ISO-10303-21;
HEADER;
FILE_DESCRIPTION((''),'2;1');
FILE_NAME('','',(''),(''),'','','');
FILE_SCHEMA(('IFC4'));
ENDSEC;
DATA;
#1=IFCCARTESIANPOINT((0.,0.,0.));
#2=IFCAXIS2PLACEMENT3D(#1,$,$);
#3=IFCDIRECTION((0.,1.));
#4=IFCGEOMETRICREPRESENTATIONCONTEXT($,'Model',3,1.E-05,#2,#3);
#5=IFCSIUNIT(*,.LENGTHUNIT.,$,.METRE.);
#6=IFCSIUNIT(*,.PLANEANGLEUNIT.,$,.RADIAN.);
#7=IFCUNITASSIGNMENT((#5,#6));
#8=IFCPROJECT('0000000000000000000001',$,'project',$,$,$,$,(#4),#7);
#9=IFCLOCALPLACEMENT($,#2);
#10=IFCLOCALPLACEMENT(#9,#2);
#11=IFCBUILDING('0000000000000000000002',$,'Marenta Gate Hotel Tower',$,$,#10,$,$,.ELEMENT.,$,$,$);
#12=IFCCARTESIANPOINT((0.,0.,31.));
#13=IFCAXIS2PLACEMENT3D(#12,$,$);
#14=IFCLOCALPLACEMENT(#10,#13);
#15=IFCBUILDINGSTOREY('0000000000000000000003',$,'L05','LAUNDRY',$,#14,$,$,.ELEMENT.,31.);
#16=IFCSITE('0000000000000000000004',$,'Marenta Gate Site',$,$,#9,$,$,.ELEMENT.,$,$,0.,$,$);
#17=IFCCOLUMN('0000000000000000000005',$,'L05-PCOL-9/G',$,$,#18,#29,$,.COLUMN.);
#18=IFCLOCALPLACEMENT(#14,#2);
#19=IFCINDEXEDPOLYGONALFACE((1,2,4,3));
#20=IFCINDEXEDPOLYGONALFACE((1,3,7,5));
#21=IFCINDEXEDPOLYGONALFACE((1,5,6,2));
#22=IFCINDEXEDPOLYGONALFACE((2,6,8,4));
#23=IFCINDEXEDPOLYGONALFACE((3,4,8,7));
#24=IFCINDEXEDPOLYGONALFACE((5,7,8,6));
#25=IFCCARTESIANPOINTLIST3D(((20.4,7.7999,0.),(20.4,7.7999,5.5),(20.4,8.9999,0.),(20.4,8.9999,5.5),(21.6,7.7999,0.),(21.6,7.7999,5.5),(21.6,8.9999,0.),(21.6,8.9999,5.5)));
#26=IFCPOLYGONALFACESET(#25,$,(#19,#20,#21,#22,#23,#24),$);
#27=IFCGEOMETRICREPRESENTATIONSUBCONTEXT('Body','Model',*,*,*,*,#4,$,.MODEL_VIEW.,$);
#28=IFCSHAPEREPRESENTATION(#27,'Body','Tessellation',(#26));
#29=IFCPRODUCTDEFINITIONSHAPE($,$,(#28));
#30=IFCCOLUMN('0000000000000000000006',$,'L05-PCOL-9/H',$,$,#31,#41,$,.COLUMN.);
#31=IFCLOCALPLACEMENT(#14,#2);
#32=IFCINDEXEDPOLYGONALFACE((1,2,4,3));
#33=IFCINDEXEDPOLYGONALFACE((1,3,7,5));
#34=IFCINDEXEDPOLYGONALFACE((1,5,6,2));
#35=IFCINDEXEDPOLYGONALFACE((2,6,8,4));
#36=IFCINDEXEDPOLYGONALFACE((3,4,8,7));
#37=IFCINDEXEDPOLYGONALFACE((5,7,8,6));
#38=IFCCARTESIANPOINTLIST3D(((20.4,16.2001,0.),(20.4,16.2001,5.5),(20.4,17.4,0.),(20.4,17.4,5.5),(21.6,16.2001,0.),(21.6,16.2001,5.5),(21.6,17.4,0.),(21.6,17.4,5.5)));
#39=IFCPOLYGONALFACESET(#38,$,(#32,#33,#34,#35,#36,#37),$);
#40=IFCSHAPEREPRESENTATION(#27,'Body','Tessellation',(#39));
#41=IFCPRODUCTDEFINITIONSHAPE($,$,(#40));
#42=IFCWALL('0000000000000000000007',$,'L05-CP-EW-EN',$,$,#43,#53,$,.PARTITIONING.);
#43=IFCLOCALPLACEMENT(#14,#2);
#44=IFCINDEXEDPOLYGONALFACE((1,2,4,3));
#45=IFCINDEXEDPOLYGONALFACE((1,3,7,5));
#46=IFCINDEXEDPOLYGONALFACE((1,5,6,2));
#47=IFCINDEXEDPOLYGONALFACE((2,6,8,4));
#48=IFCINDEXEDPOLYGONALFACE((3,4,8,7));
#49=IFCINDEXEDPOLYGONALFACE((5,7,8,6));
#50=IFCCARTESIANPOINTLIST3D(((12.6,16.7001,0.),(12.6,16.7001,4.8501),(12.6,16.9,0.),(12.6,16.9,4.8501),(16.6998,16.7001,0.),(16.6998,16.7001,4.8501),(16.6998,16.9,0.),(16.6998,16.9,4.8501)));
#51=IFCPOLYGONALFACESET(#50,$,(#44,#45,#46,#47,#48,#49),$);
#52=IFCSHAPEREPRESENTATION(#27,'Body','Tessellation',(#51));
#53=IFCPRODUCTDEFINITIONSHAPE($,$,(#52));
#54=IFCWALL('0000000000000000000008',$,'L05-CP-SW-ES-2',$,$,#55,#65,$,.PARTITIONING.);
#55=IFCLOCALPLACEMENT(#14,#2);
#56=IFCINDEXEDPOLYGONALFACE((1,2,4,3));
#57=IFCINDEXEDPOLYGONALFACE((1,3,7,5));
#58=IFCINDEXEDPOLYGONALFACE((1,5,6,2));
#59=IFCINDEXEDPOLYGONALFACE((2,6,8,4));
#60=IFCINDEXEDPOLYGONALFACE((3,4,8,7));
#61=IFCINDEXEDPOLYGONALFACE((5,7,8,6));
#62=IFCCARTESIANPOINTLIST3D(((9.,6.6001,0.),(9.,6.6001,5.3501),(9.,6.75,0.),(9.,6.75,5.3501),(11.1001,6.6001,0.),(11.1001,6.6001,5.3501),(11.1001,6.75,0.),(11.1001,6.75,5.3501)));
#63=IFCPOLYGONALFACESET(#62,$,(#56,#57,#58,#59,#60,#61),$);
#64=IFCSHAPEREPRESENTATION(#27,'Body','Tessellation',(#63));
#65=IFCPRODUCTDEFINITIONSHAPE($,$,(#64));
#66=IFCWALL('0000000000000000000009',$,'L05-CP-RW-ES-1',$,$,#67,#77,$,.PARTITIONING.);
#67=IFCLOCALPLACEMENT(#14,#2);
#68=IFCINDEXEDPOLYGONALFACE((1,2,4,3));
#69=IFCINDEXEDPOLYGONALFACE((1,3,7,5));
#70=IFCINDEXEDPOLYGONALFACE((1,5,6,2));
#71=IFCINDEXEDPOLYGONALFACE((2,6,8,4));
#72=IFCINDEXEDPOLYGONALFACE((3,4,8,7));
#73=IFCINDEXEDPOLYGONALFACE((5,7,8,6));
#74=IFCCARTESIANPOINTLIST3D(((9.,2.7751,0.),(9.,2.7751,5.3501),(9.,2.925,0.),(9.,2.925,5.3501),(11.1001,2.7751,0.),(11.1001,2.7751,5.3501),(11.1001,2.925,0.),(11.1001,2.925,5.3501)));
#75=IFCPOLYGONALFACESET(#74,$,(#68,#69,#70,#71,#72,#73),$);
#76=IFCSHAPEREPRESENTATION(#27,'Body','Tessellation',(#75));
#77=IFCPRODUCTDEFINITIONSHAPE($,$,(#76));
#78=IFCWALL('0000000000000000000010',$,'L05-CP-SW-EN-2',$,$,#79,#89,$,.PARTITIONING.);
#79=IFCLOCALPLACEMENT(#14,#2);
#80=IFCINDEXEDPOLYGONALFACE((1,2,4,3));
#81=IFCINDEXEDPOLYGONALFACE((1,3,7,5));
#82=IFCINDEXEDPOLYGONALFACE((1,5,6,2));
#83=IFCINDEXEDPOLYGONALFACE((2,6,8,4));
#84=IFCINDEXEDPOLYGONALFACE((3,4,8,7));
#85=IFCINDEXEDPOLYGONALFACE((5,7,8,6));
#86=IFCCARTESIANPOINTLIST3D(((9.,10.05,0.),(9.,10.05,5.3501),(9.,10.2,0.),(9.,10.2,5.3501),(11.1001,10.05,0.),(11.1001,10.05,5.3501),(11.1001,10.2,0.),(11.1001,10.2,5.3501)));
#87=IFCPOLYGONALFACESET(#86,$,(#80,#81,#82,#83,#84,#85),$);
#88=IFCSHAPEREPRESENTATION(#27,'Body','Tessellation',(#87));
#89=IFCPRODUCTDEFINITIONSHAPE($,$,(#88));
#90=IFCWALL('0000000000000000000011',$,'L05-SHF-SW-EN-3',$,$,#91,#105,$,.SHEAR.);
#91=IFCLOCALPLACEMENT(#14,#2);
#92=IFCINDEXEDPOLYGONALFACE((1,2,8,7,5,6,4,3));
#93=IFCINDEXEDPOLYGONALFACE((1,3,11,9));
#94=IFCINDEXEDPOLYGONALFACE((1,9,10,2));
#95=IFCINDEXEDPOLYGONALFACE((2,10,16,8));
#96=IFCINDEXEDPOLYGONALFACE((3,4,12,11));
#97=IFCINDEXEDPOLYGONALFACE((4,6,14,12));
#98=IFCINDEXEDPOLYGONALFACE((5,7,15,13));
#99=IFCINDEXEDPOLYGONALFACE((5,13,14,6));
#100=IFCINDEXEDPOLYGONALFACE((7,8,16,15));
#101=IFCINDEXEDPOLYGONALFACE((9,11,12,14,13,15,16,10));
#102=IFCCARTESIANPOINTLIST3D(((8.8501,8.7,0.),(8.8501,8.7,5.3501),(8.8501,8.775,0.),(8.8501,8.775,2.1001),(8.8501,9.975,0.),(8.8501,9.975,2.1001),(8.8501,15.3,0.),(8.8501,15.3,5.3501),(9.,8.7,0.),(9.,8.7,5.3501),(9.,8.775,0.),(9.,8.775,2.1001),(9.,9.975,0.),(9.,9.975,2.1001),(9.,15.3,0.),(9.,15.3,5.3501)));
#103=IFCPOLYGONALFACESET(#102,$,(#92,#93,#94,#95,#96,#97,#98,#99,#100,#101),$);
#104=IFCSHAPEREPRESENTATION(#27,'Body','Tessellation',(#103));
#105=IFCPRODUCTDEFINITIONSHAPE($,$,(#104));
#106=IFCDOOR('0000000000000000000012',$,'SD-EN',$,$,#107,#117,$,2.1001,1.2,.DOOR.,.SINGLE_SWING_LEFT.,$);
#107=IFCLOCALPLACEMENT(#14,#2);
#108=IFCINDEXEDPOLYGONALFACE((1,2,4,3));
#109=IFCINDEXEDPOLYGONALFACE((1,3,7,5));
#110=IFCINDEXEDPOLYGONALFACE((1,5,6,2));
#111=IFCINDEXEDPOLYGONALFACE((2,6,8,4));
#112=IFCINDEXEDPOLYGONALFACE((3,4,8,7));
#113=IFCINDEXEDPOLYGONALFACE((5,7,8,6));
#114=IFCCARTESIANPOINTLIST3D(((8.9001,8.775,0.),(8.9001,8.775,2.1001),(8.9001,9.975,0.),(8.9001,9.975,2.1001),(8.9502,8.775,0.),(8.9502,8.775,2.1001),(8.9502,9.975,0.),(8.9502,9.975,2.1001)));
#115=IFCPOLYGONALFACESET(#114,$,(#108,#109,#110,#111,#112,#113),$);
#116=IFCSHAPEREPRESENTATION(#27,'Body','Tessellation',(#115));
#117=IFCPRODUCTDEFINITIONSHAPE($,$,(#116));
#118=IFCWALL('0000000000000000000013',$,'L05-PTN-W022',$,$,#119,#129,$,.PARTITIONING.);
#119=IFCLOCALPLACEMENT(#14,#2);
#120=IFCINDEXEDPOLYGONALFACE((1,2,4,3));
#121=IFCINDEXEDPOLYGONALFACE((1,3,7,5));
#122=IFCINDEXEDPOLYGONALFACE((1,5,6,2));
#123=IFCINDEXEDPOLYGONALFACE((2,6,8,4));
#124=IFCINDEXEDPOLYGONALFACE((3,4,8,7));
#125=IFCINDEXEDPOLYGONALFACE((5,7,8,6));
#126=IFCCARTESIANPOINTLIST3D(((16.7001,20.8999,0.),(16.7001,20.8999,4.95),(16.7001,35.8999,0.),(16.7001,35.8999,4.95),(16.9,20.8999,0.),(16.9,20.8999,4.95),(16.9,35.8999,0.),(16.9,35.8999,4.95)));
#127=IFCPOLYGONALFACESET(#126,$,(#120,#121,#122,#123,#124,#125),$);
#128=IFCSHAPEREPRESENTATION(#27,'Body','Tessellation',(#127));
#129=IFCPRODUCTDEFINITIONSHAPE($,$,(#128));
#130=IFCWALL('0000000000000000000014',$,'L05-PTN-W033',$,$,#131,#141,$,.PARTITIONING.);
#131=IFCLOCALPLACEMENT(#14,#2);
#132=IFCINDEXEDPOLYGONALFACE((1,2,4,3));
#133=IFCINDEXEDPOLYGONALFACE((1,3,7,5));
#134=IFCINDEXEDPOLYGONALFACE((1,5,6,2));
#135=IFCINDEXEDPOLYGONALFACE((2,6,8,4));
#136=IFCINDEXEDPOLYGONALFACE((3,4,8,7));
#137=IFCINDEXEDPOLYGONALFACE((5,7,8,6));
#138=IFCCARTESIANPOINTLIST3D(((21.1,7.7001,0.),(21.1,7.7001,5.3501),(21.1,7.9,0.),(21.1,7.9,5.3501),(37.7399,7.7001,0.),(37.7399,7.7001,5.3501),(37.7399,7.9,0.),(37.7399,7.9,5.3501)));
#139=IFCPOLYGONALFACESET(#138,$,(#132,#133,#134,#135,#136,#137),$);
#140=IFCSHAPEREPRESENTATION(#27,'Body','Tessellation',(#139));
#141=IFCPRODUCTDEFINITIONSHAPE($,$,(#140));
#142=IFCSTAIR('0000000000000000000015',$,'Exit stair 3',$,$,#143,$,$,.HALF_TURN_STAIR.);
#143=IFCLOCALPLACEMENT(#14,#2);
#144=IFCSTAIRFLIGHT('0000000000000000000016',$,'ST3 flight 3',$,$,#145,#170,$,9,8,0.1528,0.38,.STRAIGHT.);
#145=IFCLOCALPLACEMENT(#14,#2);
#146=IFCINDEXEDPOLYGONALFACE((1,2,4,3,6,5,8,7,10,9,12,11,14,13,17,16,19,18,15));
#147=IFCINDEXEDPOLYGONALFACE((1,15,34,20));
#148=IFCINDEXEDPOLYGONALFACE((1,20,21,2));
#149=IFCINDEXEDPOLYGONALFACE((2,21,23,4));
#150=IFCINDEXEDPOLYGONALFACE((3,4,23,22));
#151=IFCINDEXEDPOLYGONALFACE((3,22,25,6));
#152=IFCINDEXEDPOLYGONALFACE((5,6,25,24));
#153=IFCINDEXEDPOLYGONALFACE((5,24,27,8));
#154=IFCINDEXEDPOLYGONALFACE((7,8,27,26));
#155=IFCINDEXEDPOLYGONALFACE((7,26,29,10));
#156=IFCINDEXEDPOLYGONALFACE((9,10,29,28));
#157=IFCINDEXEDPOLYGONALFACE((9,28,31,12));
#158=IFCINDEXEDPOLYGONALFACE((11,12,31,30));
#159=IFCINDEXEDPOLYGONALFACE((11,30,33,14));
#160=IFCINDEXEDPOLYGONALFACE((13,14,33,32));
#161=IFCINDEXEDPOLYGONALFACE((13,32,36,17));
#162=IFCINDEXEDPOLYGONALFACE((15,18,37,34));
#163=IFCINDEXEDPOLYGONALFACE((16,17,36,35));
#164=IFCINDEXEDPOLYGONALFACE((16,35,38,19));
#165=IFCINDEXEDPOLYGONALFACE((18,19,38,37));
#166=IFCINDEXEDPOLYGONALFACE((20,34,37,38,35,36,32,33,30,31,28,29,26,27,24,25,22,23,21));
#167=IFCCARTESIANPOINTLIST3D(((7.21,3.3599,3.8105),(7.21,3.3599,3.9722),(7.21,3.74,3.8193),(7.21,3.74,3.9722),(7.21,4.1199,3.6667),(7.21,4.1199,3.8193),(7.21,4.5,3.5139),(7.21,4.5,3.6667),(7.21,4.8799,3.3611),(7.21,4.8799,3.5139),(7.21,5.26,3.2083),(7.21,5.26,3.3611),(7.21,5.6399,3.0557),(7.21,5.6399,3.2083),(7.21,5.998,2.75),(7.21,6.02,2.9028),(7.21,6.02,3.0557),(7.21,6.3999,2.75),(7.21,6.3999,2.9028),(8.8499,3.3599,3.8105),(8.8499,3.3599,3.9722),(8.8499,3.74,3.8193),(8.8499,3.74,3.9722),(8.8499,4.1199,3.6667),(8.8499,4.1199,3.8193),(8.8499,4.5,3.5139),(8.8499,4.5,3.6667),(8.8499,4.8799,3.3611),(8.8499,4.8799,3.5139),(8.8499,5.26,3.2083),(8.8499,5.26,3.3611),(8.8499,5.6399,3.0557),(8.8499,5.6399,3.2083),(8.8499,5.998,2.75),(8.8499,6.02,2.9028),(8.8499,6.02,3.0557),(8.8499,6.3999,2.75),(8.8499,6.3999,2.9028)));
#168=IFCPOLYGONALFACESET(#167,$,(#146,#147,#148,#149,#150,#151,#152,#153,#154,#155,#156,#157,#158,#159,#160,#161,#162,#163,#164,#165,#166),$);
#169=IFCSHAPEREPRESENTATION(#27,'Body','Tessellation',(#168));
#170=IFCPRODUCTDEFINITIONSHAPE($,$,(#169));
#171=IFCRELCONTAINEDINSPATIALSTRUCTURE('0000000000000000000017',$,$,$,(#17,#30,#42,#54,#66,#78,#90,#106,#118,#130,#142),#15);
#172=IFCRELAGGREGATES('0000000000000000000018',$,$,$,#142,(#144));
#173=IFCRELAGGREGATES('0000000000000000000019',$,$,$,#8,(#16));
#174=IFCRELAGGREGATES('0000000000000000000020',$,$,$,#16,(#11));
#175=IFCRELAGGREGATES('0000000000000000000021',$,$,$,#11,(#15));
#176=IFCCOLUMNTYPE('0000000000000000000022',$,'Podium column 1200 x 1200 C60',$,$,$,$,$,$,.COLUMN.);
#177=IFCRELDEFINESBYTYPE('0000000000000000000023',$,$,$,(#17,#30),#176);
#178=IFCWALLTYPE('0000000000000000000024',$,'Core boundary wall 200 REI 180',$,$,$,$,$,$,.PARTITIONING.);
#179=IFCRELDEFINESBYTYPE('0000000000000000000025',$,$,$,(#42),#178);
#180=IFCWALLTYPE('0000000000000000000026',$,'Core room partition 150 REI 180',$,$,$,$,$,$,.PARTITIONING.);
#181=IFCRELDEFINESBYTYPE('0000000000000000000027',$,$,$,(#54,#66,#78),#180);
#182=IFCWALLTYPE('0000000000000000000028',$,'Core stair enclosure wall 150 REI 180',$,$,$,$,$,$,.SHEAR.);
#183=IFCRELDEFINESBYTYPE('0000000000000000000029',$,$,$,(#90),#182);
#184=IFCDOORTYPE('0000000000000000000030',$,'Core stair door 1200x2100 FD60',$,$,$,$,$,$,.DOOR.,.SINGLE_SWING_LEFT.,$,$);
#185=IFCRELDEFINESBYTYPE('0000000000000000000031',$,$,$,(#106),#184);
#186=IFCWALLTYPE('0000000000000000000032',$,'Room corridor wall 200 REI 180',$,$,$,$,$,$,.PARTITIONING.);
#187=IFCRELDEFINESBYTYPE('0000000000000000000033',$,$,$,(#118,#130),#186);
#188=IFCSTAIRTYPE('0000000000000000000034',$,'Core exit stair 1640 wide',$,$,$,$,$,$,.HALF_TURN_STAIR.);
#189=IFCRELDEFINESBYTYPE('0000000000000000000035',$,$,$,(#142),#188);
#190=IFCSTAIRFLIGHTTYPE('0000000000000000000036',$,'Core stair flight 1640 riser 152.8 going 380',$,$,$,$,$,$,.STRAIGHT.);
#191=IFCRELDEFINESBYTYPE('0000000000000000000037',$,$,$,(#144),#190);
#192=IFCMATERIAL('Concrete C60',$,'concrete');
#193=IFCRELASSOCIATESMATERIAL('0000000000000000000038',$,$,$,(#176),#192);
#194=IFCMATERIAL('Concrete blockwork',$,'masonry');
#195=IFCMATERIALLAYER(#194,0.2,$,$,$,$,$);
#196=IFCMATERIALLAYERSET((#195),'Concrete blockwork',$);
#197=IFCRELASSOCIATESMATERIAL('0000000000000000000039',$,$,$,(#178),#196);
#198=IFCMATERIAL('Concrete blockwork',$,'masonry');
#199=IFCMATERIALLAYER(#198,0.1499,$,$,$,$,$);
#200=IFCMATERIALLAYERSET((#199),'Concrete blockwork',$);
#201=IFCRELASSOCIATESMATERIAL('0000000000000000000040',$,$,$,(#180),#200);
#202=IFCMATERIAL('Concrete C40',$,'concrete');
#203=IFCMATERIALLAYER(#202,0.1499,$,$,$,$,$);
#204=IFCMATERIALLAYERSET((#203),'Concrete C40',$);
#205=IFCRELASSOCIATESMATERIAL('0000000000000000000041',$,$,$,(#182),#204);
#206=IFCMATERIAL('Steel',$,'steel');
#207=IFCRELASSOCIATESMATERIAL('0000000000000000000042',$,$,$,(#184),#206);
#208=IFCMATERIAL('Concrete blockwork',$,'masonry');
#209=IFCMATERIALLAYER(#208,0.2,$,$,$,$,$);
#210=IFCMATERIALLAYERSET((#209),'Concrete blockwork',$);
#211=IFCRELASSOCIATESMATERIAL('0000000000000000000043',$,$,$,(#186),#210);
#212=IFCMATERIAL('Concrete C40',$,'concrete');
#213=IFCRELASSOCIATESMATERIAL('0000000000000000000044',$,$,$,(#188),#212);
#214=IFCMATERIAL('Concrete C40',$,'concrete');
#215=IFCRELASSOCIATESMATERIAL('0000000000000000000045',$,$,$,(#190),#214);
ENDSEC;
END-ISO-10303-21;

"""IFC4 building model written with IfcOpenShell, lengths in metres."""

from ifc_helpers import new_model, si_unit, direction, frame, frame_2d, origin, origin_2d, place, context, subcontext, project, spatial, polyline, rectangle, outline, extrude, material, layer, layer_set, material_profile, profile_set, type_object, element, fill, aggregate, save


model = new_model("IFC4")

# Units and contexts
model_context = context("Model", 3, precision=1e-05, world=origin(), true_north=direction((0.0, 1.0)))
body_context = subcontext(model_context, "Body", "Model", "MODEL_VIEW")
ifc_project = project(units=[si_unit("LENGTHUNIT", "METRE"), si_unit("PLANEANGLEUNIT", "RADIAN")], contexts=[model_context])

# Site, building, storey
site_placement = place(None, origin())
site = spatial("IfcSite", under=ifc_project, at=site_placement, Name="Marenta Gate Site", CompositionType="ELEMENT", RefElevation=0.0)
building_placement = place(site_placement, origin())
building = spatial("IfcBuilding", under=site, at=building_placement, Name="Marenta Gate Hotel Tower", CompositionType="ELEMENT")
storey_placement = place(building_placement, frame((0.0, 0.0, 31.0)))
storey = spatial("IfcBuildingStorey", under=building, at=storey_placement, Name="L05", Description="LAUNDRY", CompositionType="ELEMENT", Elevation=31.0)

# Columns
ifc_material_1 = material(Name="Concrete C60", Category="concrete")
ifc_material_profile = material_profile(ifc_material_1, rectangle(XDim=1.2, YDim=1.2, at=origin_2d()), Name="1200 x 1200")
ifc_profile_set = profile_set([ifc_material_profile], Name="Concrete C60")
column_type = type_object("IfcColumnType", Name="Podium column 1200 x 1200 C60", PredefinedType="COLUMN", material=ifc_profile_set)
for number, where, z_axis, x_axis, name in (
    (1, (21.0, 8.3999, 0.0), (0.0, 0.0, 1.0), (1.0, 0.0, 0.0), "L05-PCOL-9/G"),
    (2, (21.0, 16.8, 0.0), (0.0, 0.0, 1.0), (1.0, 0.0, 0.0), "L05-PCOL-9/H"),
):
    element("IfcColumn", number, at=place(storey_placement, frame(where, z_axis=z_axis, x_axis=x_axis)), inside=storey, type_object=column_type, Name=name, PredefinedType="COLUMN", context=body_context, shape_type="SweptSolid", body=[
        extrude(rectangle(XDim=1.2, YDim=1.2, at=origin_2d()), origin(), (0.0, 0.0, 1.0), 5.5),
    ])

# Walls
ifc_material_2 = material(Name="Concrete blockwork", Category="masonry")
ifc_layer_1 = layer(ifc_material_2, 0.2)
ifc_layer_set_1 = layer_set([ifc_layer_1], Name="Concrete blockwork")
wall_type_1 = type_object("IfcWallType", Name="Core boundary wall 200 REI 180", PredefinedType="PARTITIONING", material=ifc_layer_set_1)
wall_1_placement = place(storey_placement, frame((12.6001, 16.8, 0.0), z_axis=(0.0, 0.0, 1.0), x_axis=(1.0, 0.0, 0.0)))
element("IfcWall", 3, at=wall_1_placement, inside=storey, type_object=wall_type_1, Name="L05-CP-EW-EN", PredefinedType="PARTITIONING", context=body_context, shape_type="SweptSolid", body=[
    extrude(rectangle(XDim=4.0999, YDim=0.2, at=frame_2d((2.0498, 0.0))), origin(), (0.0, 0.0, 1.0), 4.8501),
])
ifc_material_3 = material(Name="Concrete blockwork", Category="masonry")
ifc_layer_2 = layer(ifc_material_3, 0.1499)
ifc_layer_set_2 = layer_set([ifc_layer_2], Name="Concrete blockwork")
wall_type_2 = type_object("IfcWallType", Name="Core room partition 150 REI 180", PredefinedType="PARTITIONING", material=ifc_layer_set_2)
for number, where, z_axis, x_axis, name in (
    (4, (9.0, 6.675, 0.0), (0.0, 0.0, 1.0), (1.0, 0.0, 0.0), "L05-CP-SW-ES-2"),
    (5, (9.0, 2.8501, 0.0), (0.0, 0.0, 1.0), (1.0, 0.0, 0.0), "L05-CP-RW-ES-1"),
    (6, (9.0, 10.125, 0.0), (0.0, 0.0, 1.0), (1.0, 0.0, 0.0), "L05-CP-SW-EN-2"),
):
    element("IfcWall", number, at=place(storey_placement, frame(where, z_axis=z_axis, x_axis=x_axis)), inside=storey, type_object=wall_type_2, Name=name, PredefinedType="PARTITIONING", context=body_context, shape_type="SweptSolid", body=[
        extrude(rectangle(XDim=2.1001, YDim=0.1499, at=frame_2d((1.05, 0.0))), origin(), (0.0, 0.0, 1.0), 5.3501),
    ])

# Wall, opening, door
ifc_material_4 = material(Name="Concrete C40", Category="concrete")
ifc_layer_3 = layer(ifc_material_4, 0.1499)
ifc_layer_set_3 = layer_set([ifc_layer_3], Name="Concrete C40")
wall_type_3 = type_object("IfcWallType", Name="Core stair enclosure wall 150 REI 180", PredefinedType="SHEAR", material=ifc_layer_set_3)
wall_2_placement = place(storey_placement, frame((8.925, 8.7, 0.0), z_axis=(0.0, 0.0, 1.0), x_axis=(0.0, 1.0, 0.0)))
wall_2 = element("IfcWall", 7, at=wall_2_placement, inside=storey, type_object=wall_type_3, Name="L05-SHF-SW-EN-3", PredefinedType="SHEAR", context=body_context, shape_type="SweptSolid", body=[
    extrude(rectangle(XDim=6.6001, YDim=0.1499, at=frame_2d((3.3, 0.0))), origin(), (0.0, 0.0, 1.0), 5.3501),
])
opening_1_placement = place(wall_2_placement, frame((0.075, 0.0, 0.0)))
opening_1 = element("IfcOpeningElement", 8, at=opening_1_placement, cuts=wall_2, PredefinedType="OPENING", context=body_context, shape_type="SweptSolid", body=[
    extrude(rectangle(XDim=1.2, YDim=2.1001, at=frame_2d((0.6001, 1.05))), frame((0.0, 0.075, 0.0), z_axis=(0.0, -1.0, 0.0), x_axis=(1.0, 0.0, 0.0)), (0.0, 0.0, 1.0), 0.1499),
])
ifc_material_5 = material(Name="Steel", Category="steel")
door_type_1 = type_object("IfcDoorType", Name="Core stair door 1200x2100 FD60", OperationType="SINGLE_SWING_LEFT", PredefinedType="DOOR", material=ifc_material_5)
door_1_placement = place(opening_1_placement, origin())
door_1 = element("IfcDoor", 9, at=door_1_placement, inside=storey, type_object=door_type_1, Name="SD-EN", OperationType="SINGLE_SWING_LEFT", OverallHeight=2.1001, OverallWidth=1.2, PredefinedType="DOOR", context=body_context, shape_type="SweptSolid", body=[
    extrude(rectangle(XDim=1.2, YDim=2.1001, at=frame_2d((0.6001, 1.05))), frame((0.0, 0.0249, 0.0), z_axis=(0.0, -1.0, 0.0), x_axis=(1.0, 0.0, 0.0)), (0.0, 0.0, 1.0), 0.05),
])
fill(opening_1, door_1)

# Walls
ifc_material_6 = material(Name="Concrete blockwork", Category="masonry")
ifc_layer_4 = layer(ifc_material_6, 0.2)
ifc_layer_set_4 = layer_set([ifc_layer_4], Name="Concrete blockwork")
wall_type_4 = type_object("IfcWallType", Name="Room corridor wall 200 REI 180", PredefinedType="PARTITIONING", material=ifc_layer_set_4)
wall_3_placement = place(storey_placement, frame((16.8, 20.8999, 0.0), z_axis=(0.0, 0.0, 1.0), x_axis=(0.0, 1.0, 0.0)))
element("IfcWall", 10, at=wall_3_placement, inside=storey, type_object=wall_type_4, Name="L05-PTN-W022", PredefinedType="PARTITIONING", context=body_context, shape_type="SweptSolid", body=[
    extrude(rectangle(XDim=15.0, YDim=0.2, at=frame_2d((7.5, 0.0))), origin(), (0.0, 0.0, 1.0), 4.95),
])
wall_4_placement = place(storey_placement, frame((21.1001, 7.8, 0.0), z_axis=(0.0, 0.0, 1.0), x_axis=(1.0, 0.0, 0.0)))
element("IfcWall", 11, at=wall_4_placement, inside=storey, type_object=wall_type_4, Name="L05-PTN-W033", PredefinedType="PARTITIONING", context=body_context, shape_type="SweptSolid", body=[
    extrude(rectangle(XDim=16.6399, YDim=0.2, at=frame_2d((8.3198, 0.0))), origin(), (0.0, 0.0, 1.0), 5.3501),
])

# Stair, stair flight
ifc_material_7 = material(Name="Concrete C40", Category="concrete")
stair_type = type_object("IfcStairType", Name="Core exit stair 1640 wide", PredefinedType="HALF_TURN_STAIR", material=ifc_material_7)
stair_1_placement = place(storey_placement, origin())
stair_1 = element("IfcStair", 12, at=stair_1_placement, inside=storey, type_object=stair_type, Name="Exit stair 3", PredefinedType="HALF_TURN_STAIR")
ifc_material_8 = material(Name="Concrete C40", Category="concrete")
stair_flight_type = type_object("IfcStairFlightType", Name="Core stair flight 1640 riser 152.8 going 380", PredefinedType="STRAIGHT", material=ifc_material_8)
stair_flight_1_placement = place(storey_placement, frame((8.03, 6.3999, 2.75), z_axis=(0.0, 0.0, 1.0), x_axis=(0.0, -1.0, 0.0)))
stair_flight_1 = element("IfcStairFlight", 13, at=stair_flight_1_placement, type_object=stair_flight_type, Name="ST3 flight 3", NumberOfRisers=9, NumberOfTreads=8, PredefinedType="STRAIGHT", RiserHeight=0.1528, TreadLength=0.38, context=body_context, shape_type="SweptSolid", body=[
    extrude(outline(polyline([(0.0, 0.0), (0.0, 0.1528), (0.3799, 0.1528), (0.3799, 0.3057), (0.76, 0.3057), (0.76, 0.4583), (1.1399, 0.4583), (1.1399, 0.6111), (1.52, 0.6111), (1.52, 0.7639), (1.8999, 0.7639), (1.8999, 0.9167), (2.28, 0.9167), (2.28, 1.0693), (2.6599, 1.0693), (2.6599, 1.2222), (3.04, 1.2222), (3.04, 1.375), (3.04, 1.0605), (0.4019, 0.0), (0.0, 0.0)])), frame((0.0, 0.8198, 0.0), z_axis=(0.0, -1.0, 0.0), x_axis=(1.0, 0.0, 0.0)), (0.0, 0.0, 1.0), 1.6399),
])
aggregate(stair_1, [stair_flight_1])

save(model, "model.ifc")
